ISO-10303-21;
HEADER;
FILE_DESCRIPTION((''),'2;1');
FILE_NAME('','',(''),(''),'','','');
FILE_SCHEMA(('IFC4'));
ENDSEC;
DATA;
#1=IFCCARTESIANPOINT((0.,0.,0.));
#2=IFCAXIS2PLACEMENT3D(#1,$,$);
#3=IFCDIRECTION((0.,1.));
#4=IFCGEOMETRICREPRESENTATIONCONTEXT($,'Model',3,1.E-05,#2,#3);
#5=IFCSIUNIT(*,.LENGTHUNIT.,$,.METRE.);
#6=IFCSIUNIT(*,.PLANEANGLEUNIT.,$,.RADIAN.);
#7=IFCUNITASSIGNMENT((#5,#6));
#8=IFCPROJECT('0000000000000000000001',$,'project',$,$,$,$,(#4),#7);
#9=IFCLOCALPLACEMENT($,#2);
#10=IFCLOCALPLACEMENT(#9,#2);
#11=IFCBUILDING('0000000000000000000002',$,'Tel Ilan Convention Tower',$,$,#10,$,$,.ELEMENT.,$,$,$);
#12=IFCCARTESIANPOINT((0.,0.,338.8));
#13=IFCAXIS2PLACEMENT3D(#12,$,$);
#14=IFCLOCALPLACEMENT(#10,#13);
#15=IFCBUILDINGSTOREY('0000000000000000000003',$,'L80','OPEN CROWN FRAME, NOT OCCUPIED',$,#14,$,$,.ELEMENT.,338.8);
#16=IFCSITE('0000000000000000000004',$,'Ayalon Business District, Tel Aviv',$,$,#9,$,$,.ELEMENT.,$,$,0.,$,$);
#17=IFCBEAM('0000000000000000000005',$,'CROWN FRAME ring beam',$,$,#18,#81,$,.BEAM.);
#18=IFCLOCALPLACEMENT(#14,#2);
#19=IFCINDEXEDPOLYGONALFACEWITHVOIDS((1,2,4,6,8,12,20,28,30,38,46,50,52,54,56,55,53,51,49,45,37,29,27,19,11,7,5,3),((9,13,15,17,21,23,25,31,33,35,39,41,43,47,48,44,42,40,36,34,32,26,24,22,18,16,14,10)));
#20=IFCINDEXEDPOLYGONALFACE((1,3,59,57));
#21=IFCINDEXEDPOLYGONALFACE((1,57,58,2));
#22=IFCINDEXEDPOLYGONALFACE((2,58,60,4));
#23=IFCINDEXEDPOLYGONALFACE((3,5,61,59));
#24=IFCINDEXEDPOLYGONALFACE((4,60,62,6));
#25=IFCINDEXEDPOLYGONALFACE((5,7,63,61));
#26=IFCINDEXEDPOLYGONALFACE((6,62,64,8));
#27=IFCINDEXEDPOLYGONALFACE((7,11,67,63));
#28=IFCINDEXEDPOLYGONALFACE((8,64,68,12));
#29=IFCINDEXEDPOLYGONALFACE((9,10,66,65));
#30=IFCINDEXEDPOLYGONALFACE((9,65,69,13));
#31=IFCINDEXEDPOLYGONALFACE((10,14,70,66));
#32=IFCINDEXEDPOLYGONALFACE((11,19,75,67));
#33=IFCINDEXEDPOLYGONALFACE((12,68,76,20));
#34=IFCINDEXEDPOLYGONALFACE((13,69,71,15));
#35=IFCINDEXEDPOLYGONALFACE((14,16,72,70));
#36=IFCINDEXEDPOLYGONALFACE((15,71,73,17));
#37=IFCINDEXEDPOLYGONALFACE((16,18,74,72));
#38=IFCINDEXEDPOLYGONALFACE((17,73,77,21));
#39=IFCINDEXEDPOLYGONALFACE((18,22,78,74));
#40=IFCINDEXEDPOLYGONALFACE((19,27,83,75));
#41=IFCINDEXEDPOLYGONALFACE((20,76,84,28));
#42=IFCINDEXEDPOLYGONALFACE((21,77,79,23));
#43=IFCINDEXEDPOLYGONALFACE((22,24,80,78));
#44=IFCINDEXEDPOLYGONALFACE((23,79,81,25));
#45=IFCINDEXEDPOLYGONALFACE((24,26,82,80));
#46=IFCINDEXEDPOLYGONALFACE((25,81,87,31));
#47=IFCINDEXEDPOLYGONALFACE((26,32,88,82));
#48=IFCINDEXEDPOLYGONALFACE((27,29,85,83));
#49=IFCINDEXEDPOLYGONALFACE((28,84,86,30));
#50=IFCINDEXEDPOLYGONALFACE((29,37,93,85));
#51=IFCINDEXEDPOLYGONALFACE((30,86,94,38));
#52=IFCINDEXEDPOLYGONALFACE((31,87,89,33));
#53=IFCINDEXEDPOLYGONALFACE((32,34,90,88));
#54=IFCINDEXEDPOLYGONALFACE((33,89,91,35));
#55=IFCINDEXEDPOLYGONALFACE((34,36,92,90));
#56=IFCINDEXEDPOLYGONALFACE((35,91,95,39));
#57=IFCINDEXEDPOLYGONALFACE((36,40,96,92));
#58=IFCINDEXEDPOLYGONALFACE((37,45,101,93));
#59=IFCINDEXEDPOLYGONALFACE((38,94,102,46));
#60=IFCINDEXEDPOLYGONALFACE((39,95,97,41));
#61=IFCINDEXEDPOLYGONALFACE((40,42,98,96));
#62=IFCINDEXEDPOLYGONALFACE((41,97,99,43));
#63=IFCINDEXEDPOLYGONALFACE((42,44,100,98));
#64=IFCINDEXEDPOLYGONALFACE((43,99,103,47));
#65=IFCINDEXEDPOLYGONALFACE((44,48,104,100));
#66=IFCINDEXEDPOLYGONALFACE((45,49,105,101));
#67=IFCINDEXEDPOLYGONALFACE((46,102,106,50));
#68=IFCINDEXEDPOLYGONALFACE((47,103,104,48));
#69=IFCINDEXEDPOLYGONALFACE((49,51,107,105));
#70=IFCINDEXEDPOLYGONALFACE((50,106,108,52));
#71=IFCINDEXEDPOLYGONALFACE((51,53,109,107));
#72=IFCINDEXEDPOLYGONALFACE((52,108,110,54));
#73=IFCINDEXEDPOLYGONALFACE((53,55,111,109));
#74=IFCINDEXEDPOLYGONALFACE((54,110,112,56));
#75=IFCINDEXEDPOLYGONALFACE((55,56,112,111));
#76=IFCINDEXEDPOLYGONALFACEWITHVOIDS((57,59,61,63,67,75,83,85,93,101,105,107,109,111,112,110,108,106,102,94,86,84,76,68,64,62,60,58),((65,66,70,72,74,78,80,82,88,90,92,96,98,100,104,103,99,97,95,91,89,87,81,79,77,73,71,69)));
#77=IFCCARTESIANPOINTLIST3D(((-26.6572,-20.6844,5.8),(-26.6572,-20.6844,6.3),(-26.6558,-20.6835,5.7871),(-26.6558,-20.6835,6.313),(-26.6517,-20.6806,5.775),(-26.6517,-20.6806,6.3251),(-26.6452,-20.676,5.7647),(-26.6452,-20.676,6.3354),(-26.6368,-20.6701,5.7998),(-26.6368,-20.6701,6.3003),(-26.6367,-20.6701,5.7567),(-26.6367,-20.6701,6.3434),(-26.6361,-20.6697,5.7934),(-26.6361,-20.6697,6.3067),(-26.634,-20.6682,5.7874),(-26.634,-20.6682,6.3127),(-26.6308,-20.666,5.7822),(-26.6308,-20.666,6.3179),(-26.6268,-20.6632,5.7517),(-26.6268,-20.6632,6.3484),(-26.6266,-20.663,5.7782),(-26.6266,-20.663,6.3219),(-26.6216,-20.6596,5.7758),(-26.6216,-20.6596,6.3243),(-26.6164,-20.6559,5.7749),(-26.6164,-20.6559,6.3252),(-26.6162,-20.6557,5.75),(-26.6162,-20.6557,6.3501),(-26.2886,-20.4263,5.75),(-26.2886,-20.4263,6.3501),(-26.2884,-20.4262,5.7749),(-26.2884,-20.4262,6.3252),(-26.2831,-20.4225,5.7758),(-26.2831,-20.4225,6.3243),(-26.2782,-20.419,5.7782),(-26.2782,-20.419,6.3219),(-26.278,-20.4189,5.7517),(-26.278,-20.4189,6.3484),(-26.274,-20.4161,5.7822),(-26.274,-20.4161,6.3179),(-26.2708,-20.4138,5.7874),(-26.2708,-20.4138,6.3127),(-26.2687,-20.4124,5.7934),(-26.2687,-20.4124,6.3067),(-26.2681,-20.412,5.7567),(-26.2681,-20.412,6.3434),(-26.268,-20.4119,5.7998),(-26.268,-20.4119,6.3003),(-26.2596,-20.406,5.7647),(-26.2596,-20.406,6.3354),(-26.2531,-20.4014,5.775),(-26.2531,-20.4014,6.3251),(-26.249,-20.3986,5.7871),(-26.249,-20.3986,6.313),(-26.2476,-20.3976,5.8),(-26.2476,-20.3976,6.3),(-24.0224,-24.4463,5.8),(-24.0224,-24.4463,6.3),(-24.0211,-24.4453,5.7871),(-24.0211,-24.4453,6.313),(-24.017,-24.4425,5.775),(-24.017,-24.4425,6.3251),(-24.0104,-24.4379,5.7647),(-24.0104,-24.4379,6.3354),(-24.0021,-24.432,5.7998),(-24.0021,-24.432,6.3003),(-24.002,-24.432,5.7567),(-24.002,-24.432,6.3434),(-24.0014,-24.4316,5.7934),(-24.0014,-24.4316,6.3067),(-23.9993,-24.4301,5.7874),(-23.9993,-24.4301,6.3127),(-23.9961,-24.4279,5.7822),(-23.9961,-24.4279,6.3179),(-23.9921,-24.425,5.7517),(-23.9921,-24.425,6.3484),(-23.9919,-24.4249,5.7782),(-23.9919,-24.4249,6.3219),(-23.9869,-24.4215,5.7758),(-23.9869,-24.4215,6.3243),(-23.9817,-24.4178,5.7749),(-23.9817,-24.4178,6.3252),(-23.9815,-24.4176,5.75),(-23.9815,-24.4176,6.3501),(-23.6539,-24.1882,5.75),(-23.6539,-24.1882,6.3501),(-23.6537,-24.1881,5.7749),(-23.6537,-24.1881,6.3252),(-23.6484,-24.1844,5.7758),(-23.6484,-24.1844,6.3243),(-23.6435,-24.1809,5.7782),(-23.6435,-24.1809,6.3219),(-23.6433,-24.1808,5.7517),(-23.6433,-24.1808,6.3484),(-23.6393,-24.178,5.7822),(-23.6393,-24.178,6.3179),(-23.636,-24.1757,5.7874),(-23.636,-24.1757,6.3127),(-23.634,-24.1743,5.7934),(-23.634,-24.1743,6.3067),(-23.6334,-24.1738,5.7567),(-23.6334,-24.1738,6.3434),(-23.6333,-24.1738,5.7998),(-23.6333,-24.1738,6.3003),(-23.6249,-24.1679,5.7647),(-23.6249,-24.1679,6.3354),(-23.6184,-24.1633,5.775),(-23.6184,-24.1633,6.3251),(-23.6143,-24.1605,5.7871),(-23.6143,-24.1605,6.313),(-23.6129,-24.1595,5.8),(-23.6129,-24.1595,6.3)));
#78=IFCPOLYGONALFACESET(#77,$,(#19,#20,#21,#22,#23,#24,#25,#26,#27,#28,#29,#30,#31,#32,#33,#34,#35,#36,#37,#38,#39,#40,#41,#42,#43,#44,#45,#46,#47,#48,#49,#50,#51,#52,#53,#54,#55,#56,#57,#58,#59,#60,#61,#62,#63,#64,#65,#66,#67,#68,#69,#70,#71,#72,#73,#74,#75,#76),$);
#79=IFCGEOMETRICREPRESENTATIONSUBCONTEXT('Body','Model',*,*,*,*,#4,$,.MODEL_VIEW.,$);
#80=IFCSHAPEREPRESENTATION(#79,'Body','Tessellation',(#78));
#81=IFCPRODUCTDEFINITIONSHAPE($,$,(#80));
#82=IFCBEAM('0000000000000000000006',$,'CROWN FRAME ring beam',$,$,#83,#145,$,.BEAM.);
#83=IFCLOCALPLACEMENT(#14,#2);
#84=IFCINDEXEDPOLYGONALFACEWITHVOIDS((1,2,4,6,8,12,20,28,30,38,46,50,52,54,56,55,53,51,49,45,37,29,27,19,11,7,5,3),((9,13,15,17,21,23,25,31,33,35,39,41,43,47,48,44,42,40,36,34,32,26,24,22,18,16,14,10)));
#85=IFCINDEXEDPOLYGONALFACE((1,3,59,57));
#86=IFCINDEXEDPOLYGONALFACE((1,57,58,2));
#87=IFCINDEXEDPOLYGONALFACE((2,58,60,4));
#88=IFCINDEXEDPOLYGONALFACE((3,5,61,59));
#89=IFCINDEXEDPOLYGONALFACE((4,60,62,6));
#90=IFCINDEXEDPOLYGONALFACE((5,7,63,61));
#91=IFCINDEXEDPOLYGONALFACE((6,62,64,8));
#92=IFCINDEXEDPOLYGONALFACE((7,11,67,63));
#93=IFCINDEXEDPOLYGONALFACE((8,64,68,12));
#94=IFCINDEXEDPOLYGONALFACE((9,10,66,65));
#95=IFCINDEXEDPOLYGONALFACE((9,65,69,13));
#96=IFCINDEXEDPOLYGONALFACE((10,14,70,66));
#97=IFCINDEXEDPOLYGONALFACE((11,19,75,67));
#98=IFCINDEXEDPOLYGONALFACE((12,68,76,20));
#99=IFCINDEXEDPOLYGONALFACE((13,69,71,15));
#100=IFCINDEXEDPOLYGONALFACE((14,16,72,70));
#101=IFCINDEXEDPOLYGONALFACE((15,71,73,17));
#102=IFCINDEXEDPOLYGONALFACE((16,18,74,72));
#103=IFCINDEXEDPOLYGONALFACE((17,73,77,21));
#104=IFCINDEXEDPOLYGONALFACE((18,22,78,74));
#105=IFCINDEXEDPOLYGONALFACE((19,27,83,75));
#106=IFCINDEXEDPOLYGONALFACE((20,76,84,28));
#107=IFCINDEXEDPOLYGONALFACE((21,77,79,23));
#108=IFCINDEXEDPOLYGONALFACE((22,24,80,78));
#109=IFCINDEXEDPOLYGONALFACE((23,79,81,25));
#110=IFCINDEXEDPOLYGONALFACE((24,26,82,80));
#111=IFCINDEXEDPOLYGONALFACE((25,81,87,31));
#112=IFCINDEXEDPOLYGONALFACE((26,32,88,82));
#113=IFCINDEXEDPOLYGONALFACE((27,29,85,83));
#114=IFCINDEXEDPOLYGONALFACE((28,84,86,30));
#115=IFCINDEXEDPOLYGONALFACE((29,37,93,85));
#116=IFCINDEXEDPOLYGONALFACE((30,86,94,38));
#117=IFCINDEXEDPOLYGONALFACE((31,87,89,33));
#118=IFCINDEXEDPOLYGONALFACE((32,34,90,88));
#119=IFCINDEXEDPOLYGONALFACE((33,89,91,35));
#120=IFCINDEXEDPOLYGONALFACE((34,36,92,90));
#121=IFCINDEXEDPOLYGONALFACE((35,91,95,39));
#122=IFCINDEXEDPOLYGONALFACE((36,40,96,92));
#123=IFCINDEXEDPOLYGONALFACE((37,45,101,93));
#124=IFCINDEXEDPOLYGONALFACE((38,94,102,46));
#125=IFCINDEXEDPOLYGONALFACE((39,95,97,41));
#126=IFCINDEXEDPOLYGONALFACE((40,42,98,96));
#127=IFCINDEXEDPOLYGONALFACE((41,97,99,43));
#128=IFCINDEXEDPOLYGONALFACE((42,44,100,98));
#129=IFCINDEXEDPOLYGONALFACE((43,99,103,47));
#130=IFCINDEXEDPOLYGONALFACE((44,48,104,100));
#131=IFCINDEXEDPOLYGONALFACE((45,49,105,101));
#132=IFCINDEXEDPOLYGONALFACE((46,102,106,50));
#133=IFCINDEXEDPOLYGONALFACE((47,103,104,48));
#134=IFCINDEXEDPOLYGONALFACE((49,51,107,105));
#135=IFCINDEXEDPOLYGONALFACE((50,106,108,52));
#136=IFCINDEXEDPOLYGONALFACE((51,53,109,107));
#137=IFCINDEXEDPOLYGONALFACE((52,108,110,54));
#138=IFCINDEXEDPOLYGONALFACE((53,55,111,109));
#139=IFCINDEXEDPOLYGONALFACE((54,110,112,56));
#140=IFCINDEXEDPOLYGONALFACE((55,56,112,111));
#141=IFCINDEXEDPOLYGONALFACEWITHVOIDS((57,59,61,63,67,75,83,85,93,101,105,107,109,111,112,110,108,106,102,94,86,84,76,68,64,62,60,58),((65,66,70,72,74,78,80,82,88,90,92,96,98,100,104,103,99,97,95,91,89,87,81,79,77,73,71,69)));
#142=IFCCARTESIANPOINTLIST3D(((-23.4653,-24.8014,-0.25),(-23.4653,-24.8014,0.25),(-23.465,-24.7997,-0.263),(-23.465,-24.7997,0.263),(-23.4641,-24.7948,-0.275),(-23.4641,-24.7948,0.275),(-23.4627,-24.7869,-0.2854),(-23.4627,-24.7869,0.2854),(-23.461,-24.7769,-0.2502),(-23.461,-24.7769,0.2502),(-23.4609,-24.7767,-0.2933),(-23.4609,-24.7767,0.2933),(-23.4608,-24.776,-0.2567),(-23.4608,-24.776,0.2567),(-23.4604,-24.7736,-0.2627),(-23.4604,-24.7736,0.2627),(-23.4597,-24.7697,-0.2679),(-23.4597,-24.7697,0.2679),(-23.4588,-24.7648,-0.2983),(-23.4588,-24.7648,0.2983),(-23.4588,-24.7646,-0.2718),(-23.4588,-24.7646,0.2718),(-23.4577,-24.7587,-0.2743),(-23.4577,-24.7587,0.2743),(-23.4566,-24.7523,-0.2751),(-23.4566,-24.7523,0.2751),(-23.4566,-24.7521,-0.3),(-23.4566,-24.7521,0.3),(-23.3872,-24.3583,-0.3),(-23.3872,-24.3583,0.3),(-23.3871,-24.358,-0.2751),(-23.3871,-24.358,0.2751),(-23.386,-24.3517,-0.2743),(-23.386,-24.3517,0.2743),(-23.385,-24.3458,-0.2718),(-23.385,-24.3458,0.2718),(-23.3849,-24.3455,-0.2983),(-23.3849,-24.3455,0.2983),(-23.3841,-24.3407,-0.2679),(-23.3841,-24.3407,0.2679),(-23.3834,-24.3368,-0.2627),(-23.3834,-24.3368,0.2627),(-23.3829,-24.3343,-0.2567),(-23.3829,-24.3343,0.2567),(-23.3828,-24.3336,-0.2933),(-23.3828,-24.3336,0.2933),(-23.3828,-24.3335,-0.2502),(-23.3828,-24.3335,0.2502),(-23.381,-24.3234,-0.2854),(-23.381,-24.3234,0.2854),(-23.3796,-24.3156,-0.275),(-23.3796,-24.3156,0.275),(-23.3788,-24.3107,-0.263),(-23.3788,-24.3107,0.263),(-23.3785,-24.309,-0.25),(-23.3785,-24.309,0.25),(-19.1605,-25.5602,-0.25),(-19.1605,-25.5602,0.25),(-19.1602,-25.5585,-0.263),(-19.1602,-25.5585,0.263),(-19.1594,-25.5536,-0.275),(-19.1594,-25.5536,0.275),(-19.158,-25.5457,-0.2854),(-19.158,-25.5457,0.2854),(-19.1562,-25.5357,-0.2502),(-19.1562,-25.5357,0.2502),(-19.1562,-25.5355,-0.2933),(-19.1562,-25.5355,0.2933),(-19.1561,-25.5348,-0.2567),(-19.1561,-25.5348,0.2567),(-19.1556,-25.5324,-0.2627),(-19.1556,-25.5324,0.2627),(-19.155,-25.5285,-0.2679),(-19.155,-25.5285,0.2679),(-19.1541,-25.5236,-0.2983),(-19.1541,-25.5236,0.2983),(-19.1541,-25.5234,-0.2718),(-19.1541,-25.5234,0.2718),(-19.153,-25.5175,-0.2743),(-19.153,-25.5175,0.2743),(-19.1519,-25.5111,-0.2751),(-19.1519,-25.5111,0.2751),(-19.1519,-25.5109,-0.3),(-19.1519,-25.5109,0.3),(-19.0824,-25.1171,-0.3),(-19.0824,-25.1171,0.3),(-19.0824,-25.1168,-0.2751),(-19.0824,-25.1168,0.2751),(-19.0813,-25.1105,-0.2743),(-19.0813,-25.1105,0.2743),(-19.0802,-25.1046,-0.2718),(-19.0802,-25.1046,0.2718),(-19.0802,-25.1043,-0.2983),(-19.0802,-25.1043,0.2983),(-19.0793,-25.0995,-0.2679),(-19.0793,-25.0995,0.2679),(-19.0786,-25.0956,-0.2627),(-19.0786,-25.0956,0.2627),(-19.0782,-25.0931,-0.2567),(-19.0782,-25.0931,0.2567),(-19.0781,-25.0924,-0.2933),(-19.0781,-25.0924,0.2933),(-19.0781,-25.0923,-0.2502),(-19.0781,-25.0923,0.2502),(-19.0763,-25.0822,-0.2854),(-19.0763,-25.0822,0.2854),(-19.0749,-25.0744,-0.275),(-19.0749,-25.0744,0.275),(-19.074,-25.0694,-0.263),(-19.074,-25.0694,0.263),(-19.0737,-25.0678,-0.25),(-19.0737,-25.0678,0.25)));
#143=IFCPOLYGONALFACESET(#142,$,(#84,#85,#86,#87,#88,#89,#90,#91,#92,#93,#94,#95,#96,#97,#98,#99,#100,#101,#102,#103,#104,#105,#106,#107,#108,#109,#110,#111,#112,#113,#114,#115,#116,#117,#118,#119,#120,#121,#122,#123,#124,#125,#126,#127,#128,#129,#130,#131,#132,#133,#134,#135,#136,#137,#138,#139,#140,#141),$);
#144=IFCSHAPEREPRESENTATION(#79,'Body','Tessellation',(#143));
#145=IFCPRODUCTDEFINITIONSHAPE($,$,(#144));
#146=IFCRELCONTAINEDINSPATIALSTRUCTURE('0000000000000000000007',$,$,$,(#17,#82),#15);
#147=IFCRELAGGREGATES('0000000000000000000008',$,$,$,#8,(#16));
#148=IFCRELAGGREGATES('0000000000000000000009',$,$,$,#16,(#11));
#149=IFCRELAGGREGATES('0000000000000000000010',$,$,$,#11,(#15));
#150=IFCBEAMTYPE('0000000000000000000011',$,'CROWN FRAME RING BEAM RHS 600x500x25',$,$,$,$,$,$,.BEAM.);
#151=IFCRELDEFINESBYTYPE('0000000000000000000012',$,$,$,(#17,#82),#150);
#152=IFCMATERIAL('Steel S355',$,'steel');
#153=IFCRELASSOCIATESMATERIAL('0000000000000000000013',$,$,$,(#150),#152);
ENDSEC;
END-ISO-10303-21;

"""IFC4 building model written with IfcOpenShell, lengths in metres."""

from ifc_helpers import new_model, si_unit, direction, frame, origin, origin_2d, place, context, subcontext, project, spatial, hollow_rectangle, extrude, material, material_profile, profile_set, type_object, element, save


model = new_model("IFC4")

# Units and contexts
model_context = context("Model", 3, precision=1e-05, world=origin(), true_north=direction((0.0, 1.0)))
body_context = subcontext(model_context, "Body", "Model", "MODEL_VIEW")
ifc_project = project(units=[si_unit("LENGTHUNIT", "METRE"), si_unit("PLANEANGLEUNIT", "RADIAN")], contexts=[model_context])

# Site, building, storey
site_placement = place(None, origin())
site = spatial("IfcSite", under=ifc_project, at=site_placement, Name="Ayalon Business District, Tel Aviv", CompositionType="ELEMENT", RefElevation=0.0)
building_placement = place(site_placement, origin())
building = spatial("IfcBuilding", under=site, at=building_placement, Name="Tel Ilan Convention Tower", CompositionType="ELEMENT")
storey_placement = place(building_placement, frame((0.0, 0.0, 338.8)))
storey = spatial("IfcBuildingStorey", under=building, at=storey_placement, Name="L80", Description="OPEN CROWN FRAME, NOT OCCUPIED", CompositionType="ELEMENT", Elevation=338.8)

# Beams
ifc_material_1 = material(Name="Steel S355", Category="steel")
ifc_material_profile_1 = material_profile(ifc_material_1, hollow_rectangle(XDim=0.5, YDim=0.6001, WallThickness=0.0249, InnerFilletRadius=0.0249, OuterFilletRadius=0.05, at=origin_2d()), Name="RHS 600x500x25")
ifc_profile_set_1 = profile_set([ifc_material_profile_1], Name="Steel S355")
beam_type = type_object("IfcBeamType", Name="CROWN FRAME RING BEAM RHS 600x500x25", PredefinedType="BEAM", material=ifc_profile_set_1)
for number, where, z_axis, x_axis, name in (
    (1, (-26.4524, -20.541, 6.05), (0.573666, -0.81909, 0.0), (0.81909, 0.573666, 0.0), "CROWN FRAME ring beam"),
):
    element("IfcBeam", number, at=place(storey_placement, frame(where, z_axis=z_axis, x_axis=x_axis)), inside=storey, type_object=beam_type, Name=name, PredefinedType="BEAM", context=body_context, shape_type="SweptSolid", body=[
        extrude(hollow_rectangle(XDim=0.5, YDim=0.6001, WallThickness=0.0249, InnerFilletRadius=0.0249, OuterFilletRadius=0.05, at=origin_2d()), origin(), (0.0, 0.0, 1.0), 4.5928),
    ])
for number, where, z_axis, x_axis, name in (
    (2, (-23.4219, -24.5552, 0.0), (0.984817, -0.173594, 0.0), (0.173594, 0.984817, 0.0), "CROWN FRAME ring beam"),
):
    element("IfcBeam", number, at=place(storey_placement, frame(where, z_axis=z_axis, x_axis=x_axis)), inside=storey, type_object=beam_type, Name=name, PredefinedType="BEAM", context=body_context, shape_type="SweptSolid", body=[
        extrude(hollow_rectangle(XDim=0.5, YDim=0.6001, WallThickness=0.0249, InnerFilletRadius=0.0249, OuterFilletRadius=0.05, at=origin_2d()), origin(), (0.0, 0.0, 1.0), 4.3711),
    ])

save(model, "model.ifc")
